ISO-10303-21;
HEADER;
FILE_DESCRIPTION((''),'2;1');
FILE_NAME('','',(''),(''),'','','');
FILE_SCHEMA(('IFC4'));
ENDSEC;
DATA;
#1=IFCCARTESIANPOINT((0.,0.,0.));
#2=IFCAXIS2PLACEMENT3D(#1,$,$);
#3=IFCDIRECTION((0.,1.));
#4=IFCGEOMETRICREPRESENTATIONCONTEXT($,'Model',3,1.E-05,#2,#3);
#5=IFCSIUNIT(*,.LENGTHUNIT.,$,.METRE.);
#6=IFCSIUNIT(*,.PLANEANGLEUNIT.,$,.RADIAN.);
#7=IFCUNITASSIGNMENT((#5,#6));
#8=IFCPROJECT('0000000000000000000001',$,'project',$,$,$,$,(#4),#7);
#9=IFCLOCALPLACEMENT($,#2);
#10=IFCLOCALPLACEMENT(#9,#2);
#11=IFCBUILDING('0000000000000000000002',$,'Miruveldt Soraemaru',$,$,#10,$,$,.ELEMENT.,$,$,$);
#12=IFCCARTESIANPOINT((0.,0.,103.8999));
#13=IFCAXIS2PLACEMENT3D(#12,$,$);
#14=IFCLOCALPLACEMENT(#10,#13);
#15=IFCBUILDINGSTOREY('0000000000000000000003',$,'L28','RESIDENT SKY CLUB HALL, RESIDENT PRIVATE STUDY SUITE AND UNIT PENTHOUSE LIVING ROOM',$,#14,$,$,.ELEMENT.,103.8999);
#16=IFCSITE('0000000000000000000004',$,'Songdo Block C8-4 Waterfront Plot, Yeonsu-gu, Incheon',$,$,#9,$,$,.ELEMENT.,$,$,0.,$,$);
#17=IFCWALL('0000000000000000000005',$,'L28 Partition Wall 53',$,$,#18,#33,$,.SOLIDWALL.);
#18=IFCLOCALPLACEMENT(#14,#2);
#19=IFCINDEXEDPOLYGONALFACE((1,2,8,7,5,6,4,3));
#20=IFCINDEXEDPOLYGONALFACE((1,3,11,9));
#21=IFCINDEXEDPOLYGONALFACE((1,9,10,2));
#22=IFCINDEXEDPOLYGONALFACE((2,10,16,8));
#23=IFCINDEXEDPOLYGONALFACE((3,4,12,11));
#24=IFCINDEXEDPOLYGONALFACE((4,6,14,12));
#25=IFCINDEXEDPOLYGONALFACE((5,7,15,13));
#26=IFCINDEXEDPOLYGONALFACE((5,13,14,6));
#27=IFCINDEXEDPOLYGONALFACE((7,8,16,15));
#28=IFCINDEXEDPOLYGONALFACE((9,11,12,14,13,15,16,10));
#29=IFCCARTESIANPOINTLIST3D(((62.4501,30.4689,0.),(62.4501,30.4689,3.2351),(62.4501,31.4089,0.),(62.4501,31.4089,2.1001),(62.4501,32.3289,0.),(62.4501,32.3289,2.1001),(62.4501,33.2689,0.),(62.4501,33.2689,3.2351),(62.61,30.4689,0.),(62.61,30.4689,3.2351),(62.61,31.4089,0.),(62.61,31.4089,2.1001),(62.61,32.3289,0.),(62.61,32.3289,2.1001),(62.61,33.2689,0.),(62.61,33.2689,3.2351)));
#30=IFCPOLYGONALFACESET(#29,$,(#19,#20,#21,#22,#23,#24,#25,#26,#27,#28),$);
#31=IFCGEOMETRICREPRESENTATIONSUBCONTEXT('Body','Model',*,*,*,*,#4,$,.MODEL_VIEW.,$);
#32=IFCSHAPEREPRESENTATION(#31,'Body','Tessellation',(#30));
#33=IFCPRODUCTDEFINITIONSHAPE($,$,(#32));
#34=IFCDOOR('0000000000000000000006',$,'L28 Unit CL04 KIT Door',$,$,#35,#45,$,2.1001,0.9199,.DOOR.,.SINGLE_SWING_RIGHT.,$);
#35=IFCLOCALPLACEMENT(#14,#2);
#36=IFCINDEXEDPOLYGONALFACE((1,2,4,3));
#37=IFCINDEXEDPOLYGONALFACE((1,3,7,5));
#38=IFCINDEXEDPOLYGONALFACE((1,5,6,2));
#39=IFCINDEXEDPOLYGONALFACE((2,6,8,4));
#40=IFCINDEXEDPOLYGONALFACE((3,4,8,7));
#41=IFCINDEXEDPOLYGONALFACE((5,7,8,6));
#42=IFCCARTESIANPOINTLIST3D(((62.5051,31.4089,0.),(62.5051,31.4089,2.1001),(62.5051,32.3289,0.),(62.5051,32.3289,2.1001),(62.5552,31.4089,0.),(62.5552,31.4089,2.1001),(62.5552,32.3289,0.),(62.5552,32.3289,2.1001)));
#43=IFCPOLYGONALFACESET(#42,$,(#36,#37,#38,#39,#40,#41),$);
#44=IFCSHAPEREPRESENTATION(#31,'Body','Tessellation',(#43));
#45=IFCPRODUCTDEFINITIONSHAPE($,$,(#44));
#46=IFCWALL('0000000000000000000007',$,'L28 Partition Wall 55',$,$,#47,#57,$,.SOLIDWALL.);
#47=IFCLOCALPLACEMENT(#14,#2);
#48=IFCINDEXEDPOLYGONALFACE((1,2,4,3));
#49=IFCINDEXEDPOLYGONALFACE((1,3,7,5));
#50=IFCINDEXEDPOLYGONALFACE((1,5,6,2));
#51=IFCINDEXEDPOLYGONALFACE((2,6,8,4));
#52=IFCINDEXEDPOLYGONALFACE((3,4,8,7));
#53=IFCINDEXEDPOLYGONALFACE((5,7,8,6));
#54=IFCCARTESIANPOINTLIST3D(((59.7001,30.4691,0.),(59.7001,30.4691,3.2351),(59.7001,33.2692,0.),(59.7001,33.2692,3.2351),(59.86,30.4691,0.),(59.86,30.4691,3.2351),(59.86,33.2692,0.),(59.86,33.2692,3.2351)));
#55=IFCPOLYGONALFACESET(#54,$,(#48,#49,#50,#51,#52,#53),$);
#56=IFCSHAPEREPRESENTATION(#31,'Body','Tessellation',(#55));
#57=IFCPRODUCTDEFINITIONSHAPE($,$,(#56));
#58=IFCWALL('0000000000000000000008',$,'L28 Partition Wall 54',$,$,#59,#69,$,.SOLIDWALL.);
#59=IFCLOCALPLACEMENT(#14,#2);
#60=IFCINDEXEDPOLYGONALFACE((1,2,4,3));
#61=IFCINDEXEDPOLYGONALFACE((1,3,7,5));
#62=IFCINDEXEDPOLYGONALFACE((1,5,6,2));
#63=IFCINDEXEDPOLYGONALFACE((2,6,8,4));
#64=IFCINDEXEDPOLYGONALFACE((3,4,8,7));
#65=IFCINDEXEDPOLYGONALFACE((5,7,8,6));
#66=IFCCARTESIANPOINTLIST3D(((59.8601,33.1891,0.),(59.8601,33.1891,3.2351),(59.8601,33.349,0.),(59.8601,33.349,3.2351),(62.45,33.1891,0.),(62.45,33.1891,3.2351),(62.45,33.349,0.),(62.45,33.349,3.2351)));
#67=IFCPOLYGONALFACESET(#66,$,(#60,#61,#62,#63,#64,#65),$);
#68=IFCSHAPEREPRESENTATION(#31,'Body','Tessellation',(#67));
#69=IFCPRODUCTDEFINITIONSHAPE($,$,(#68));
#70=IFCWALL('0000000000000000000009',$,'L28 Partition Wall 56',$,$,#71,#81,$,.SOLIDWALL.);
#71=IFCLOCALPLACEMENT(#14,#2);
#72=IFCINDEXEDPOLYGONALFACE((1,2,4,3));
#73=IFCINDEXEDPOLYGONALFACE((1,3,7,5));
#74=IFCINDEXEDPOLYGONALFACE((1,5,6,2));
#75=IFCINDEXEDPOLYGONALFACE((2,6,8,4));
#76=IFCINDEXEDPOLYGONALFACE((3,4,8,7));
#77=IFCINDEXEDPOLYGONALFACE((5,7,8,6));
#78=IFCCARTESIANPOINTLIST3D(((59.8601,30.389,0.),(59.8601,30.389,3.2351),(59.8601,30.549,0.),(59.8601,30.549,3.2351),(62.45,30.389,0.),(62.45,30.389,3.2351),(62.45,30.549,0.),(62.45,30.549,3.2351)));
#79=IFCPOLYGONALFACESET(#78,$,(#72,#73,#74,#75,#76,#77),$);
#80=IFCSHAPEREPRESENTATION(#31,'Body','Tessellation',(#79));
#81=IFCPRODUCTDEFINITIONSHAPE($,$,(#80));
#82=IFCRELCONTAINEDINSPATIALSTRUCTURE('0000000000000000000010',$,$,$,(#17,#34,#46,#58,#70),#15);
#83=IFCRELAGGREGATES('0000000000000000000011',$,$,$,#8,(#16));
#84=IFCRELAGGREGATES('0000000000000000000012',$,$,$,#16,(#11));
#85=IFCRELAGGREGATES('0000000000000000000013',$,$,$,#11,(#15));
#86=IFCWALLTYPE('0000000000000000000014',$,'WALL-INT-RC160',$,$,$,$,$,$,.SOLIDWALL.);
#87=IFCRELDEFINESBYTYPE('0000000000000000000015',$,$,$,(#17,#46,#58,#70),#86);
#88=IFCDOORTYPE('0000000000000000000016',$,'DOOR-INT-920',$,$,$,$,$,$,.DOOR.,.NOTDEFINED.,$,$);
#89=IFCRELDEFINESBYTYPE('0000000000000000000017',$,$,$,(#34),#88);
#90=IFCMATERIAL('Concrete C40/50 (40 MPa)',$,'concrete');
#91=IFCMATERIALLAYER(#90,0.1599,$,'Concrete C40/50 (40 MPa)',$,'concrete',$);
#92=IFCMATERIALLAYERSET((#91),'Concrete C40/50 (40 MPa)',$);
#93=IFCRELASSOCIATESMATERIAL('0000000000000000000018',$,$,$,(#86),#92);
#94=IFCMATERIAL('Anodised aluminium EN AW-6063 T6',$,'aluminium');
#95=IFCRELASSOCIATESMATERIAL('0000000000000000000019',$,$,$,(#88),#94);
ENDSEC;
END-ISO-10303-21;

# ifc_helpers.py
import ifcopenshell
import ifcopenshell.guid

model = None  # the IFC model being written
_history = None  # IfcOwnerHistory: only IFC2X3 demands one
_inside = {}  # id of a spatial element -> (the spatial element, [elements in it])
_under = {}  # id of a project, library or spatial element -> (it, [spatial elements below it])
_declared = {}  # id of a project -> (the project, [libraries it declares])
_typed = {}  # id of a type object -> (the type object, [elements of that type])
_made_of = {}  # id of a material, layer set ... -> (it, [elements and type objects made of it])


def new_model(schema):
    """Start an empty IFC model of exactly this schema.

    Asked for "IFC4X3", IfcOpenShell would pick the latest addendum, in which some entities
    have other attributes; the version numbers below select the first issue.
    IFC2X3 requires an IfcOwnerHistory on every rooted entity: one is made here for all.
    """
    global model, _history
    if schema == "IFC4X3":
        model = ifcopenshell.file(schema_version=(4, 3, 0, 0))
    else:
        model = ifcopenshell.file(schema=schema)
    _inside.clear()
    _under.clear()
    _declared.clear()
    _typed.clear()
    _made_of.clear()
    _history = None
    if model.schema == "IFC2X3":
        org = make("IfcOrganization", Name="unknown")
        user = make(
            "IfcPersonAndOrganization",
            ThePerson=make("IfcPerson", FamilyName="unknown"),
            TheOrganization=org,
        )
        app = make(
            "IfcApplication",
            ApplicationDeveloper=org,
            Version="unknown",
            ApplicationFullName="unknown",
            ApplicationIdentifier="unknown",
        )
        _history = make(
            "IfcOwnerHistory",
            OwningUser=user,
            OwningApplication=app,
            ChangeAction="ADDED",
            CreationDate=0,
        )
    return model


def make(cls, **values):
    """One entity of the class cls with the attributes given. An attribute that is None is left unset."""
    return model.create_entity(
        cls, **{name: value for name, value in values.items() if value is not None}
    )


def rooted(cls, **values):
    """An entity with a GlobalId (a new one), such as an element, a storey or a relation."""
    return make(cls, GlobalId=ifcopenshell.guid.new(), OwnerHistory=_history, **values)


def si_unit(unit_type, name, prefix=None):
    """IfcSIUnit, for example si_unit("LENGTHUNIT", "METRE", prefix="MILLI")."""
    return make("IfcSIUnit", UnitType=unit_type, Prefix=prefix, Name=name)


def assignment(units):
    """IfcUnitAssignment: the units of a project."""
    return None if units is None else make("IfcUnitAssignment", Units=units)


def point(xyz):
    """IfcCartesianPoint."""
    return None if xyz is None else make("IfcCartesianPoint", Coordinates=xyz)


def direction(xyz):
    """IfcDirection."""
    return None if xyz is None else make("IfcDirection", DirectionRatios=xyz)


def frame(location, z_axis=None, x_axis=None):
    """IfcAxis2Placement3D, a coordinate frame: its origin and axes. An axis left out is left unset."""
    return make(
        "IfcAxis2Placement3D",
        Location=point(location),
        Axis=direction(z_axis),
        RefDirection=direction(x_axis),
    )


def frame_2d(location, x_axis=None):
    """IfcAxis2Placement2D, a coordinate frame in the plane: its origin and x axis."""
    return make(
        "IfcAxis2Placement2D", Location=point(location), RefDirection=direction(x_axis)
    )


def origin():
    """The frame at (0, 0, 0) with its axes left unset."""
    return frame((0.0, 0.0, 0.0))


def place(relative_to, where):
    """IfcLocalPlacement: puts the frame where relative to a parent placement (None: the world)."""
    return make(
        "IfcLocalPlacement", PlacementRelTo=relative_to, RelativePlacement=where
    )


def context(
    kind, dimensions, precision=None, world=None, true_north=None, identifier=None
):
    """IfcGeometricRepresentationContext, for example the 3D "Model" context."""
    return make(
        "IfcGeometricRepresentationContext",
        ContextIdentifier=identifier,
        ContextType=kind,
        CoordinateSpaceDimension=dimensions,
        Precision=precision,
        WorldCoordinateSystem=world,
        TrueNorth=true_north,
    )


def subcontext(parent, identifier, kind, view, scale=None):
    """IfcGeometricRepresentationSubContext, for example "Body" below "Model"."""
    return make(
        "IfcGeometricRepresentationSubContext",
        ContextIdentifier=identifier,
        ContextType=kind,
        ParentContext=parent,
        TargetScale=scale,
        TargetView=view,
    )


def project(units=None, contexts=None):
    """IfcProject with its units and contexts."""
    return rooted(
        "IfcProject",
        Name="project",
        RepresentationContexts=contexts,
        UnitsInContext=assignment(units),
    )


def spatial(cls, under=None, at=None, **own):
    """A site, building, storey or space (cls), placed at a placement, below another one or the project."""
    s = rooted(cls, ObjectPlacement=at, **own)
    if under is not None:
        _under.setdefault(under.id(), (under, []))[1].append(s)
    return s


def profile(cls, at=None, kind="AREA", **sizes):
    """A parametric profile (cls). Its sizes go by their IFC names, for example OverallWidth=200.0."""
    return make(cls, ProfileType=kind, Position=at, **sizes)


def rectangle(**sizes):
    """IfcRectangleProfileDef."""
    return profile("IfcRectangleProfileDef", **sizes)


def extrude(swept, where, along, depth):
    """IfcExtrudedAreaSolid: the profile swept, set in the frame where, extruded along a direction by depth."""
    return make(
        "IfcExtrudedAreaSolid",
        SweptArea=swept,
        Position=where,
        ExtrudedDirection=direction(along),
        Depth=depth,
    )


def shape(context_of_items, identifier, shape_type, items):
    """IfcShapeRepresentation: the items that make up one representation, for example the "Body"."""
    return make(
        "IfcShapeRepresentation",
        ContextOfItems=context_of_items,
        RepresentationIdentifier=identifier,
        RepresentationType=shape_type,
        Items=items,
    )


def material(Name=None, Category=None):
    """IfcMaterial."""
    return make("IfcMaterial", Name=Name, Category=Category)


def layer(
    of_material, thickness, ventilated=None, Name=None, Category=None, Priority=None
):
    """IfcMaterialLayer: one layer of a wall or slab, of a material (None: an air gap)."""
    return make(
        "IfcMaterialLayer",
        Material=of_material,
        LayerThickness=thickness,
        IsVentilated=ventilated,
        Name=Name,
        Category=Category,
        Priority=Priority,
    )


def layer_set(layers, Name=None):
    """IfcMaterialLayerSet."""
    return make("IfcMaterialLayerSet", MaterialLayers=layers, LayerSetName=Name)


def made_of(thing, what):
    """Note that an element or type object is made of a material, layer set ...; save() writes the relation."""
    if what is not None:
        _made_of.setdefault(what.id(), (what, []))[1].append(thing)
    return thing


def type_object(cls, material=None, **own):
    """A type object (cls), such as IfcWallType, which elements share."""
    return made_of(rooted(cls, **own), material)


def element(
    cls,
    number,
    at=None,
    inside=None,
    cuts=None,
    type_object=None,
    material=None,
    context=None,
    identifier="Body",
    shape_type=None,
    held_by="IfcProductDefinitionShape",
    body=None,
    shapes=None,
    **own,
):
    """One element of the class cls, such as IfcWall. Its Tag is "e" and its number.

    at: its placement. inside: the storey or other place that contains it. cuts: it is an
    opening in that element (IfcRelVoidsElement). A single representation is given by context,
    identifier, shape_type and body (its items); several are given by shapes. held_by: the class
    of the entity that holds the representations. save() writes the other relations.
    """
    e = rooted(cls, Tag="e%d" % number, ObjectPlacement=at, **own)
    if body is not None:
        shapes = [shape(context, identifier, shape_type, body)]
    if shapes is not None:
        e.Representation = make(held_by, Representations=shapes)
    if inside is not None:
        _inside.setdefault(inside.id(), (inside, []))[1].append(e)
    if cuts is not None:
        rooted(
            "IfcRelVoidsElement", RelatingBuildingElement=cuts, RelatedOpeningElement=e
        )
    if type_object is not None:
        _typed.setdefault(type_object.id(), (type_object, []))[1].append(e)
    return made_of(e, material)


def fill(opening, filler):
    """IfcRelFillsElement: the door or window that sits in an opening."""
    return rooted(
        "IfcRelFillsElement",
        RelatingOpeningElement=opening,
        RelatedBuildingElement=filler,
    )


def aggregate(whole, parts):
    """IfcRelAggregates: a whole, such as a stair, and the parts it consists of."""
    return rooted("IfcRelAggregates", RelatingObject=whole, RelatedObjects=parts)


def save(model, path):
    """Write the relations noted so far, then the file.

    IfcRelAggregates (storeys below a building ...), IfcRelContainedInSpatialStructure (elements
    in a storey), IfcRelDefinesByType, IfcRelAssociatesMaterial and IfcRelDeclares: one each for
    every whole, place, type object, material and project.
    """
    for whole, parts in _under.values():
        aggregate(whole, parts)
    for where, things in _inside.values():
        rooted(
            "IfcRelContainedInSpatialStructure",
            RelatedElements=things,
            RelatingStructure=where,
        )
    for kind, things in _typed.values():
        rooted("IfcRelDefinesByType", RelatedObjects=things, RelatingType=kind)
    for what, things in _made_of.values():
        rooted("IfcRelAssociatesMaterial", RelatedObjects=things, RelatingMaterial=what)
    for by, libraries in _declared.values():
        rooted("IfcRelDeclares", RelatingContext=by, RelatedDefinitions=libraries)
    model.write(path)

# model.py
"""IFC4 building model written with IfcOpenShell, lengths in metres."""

from ifc_helpers import new_model, si_unit, direction, frame, frame_2d, origin, place, context, subcontext, project, spatial, rectangle, extrude, material, layer, layer_set, type_object, element, fill, save


model = new_model("IFC4")

# Units and contexts
model_context = context("Model", 3, precision=1e-05, world=origin(), true_north=direction((0.0, 1.0)))
body_context = subcontext(model_context, "Body", "Model", "MODEL_VIEW")
ifc_project = project(units=[si_unit("LENGTHUNIT", "METRE"), si_unit("PLANEANGLEUNIT", "RADIAN")], contexts=[model_context])

# Site, building, storey
site_placement = place(None, origin())
site = spatial("IfcSite", under=ifc_project, at=site_placement, Name="Songdo Block C8-4 Waterfront Plot, Yeonsu-gu, Incheon", CompositionType="ELEMENT", RefElevation=0.0)
building_placement = place(site_placement, origin())
building = spatial("IfcBuilding", under=site, at=building_placement, Name="Miruveldt Soraemaru", CompositionType="ELEMENT")
storey_placement = place(building_placement, frame((0.0, 0.0, 103.8999)))
storey = spatial("IfcBuildingStorey", under=building, at=storey_placement, Name="L28", Description="RESIDENT SKY CLUB HALL, RESIDENT PRIVATE STUDY SUITE AND UNIT PENTHOUSE LIVING ROOM", CompositionType="ELEMENT", Elevation=103.8999)

# Wall, opening, door
ifc_material_1 = material(Name="Concrete C40/50 (40 MPa)", Category="concrete")
ifc_layer_1 = layer(ifc_material_1, 0.1599, Name="Concrete C40/50 (40 MPa)", Category="concrete")
ifc_layer_set_1 = layer_set([ifc_layer_1], Name="Concrete C40/50 (40 MPa)")
wall_type_1 = type_object("IfcWallType", Name="WALL-INT-RC160", PredefinedType="SOLIDWALL", material=ifc_layer_set_1)
wall_1_placement = place(storey_placement, frame((62.53, 30.469, 0.0), z_axis=(0.0, 0.0, 1.0), x_axis=(0.0, 1.0, 0.0)))
wall_1 = element("IfcWall", 1, at=wall_1_placement, inside=storey, type_object=wall_type_1, Name="L28 Partition Wall 53", PredefinedType="SOLIDWALL", context=body_context, shape_type="SweptSolid", body=[
    extrude(rectangle(XDim=2.8, YDim=0.1599, at=frame_2d((1.3999, 0.0))), origin(), (0.0, 0.0, 1.0), 3.2351),
])
opening_1_placement = place(wall_1_placement, frame((0.9399, 0.0, 0.0)))
opening_1 = element("IfcOpeningElement", 2, at=opening_1_placement, cuts=wall_1, PredefinedType="OPENING", context=body_context, shape_type="SweptSolid", body=[
    extrude(rectangle(XDim=0.9199, YDim=2.1001, at=frame_2d((0.46, 1.05))), frame((0.0, 0.0898, 0.0), z_axis=(0.0, -1.0, 0.0), x_axis=(1.0, 0.0, 0.0)), (0.0, 0.0, 1.0), 0.1799),
])
ifc_material_2 = material(Name="Anodised aluminium EN AW-6063 T6", Category="aluminium")
door_type = type_object("IfcDoorType", Name="DOOR-INT-920", OperationType="NOTDEFINED", PredefinedType="DOOR", material=ifc_material_2)
door_placement = place(opening_1_placement, origin())
door = element("IfcDoor", 3, at=door_placement, inside=storey, type_object=door_type, Name="L28 Unit CL04 KIT Door", OperationType="SINGLE_SWING_RIGHT", OverallHeight=2.1001, OverallWidth=0.9199, PredefinedType="DOOR", context=body_context, shape_type="SweptSolid", body=[
    extrude(rectangle(XDim=0.9199, YDim=2.1001, at=frame_2d((0.46, 1.05))), frame((0.0, 0.0249, 0.0), z_axis=(0.0, -1.0, 0.0), x_axis=(1.0, 0.0, 0.0)), (0.0, 0.0, 1.0), 0.05),
])
fill(opening_1, door)

# Walls
wall_2_placement = place(storey_placement, frame((59.78, 33.269, 0.0), z_axis=(0.0, 0.0, 1.0), x_axis=(0.0, -1.0, 0.0)))
element("IfcWall", 4, at=wall_2_placement, inside=storey, type_object=wall_type_1, Name="L28 Partition Wall 55", PredefinedType="SOLIDWALL", context=body_context, shape_type="SweptSolid", body=[
    extrude(rectangle(XDim=2.8, YDim=0.1599, at=frame_2d((1.3999, 0.0))), origin(), (0.0, 0.0, 1.0), 3.2351),
])
for number, where, z_axis, x_axis, name in (
    (5, (62.45, 33.269, 0.0), (0.0, 0.0, 1.0), (-1.0, 0.0, 0.0), "L28 Partition Wall 54"),
    (6, (59.8601, 30.469, 0.0), (0.0, 0.0, 1.0), (1.0, 0.0, 0.0), "L28 Partition Wall 56"),
):
    element("IfcWall", number, at=place(storey_placement, frame(where, z_axis=z_axis, x_axis=x_axis)), inside=storey, type_object=wall_type_1, Name=name, PredefinedType="SOLIDWALL", context=body_context, shape_type="SweptSolid", body=[
        extrude(rectangle(XDim=2.5898, YDim=0.1599, at=frame_2d((1.2949, 0.0))), origin(), (0.0, 0.0, 1.0), 3.2351),
    ])

save(model, "model.ifc")
